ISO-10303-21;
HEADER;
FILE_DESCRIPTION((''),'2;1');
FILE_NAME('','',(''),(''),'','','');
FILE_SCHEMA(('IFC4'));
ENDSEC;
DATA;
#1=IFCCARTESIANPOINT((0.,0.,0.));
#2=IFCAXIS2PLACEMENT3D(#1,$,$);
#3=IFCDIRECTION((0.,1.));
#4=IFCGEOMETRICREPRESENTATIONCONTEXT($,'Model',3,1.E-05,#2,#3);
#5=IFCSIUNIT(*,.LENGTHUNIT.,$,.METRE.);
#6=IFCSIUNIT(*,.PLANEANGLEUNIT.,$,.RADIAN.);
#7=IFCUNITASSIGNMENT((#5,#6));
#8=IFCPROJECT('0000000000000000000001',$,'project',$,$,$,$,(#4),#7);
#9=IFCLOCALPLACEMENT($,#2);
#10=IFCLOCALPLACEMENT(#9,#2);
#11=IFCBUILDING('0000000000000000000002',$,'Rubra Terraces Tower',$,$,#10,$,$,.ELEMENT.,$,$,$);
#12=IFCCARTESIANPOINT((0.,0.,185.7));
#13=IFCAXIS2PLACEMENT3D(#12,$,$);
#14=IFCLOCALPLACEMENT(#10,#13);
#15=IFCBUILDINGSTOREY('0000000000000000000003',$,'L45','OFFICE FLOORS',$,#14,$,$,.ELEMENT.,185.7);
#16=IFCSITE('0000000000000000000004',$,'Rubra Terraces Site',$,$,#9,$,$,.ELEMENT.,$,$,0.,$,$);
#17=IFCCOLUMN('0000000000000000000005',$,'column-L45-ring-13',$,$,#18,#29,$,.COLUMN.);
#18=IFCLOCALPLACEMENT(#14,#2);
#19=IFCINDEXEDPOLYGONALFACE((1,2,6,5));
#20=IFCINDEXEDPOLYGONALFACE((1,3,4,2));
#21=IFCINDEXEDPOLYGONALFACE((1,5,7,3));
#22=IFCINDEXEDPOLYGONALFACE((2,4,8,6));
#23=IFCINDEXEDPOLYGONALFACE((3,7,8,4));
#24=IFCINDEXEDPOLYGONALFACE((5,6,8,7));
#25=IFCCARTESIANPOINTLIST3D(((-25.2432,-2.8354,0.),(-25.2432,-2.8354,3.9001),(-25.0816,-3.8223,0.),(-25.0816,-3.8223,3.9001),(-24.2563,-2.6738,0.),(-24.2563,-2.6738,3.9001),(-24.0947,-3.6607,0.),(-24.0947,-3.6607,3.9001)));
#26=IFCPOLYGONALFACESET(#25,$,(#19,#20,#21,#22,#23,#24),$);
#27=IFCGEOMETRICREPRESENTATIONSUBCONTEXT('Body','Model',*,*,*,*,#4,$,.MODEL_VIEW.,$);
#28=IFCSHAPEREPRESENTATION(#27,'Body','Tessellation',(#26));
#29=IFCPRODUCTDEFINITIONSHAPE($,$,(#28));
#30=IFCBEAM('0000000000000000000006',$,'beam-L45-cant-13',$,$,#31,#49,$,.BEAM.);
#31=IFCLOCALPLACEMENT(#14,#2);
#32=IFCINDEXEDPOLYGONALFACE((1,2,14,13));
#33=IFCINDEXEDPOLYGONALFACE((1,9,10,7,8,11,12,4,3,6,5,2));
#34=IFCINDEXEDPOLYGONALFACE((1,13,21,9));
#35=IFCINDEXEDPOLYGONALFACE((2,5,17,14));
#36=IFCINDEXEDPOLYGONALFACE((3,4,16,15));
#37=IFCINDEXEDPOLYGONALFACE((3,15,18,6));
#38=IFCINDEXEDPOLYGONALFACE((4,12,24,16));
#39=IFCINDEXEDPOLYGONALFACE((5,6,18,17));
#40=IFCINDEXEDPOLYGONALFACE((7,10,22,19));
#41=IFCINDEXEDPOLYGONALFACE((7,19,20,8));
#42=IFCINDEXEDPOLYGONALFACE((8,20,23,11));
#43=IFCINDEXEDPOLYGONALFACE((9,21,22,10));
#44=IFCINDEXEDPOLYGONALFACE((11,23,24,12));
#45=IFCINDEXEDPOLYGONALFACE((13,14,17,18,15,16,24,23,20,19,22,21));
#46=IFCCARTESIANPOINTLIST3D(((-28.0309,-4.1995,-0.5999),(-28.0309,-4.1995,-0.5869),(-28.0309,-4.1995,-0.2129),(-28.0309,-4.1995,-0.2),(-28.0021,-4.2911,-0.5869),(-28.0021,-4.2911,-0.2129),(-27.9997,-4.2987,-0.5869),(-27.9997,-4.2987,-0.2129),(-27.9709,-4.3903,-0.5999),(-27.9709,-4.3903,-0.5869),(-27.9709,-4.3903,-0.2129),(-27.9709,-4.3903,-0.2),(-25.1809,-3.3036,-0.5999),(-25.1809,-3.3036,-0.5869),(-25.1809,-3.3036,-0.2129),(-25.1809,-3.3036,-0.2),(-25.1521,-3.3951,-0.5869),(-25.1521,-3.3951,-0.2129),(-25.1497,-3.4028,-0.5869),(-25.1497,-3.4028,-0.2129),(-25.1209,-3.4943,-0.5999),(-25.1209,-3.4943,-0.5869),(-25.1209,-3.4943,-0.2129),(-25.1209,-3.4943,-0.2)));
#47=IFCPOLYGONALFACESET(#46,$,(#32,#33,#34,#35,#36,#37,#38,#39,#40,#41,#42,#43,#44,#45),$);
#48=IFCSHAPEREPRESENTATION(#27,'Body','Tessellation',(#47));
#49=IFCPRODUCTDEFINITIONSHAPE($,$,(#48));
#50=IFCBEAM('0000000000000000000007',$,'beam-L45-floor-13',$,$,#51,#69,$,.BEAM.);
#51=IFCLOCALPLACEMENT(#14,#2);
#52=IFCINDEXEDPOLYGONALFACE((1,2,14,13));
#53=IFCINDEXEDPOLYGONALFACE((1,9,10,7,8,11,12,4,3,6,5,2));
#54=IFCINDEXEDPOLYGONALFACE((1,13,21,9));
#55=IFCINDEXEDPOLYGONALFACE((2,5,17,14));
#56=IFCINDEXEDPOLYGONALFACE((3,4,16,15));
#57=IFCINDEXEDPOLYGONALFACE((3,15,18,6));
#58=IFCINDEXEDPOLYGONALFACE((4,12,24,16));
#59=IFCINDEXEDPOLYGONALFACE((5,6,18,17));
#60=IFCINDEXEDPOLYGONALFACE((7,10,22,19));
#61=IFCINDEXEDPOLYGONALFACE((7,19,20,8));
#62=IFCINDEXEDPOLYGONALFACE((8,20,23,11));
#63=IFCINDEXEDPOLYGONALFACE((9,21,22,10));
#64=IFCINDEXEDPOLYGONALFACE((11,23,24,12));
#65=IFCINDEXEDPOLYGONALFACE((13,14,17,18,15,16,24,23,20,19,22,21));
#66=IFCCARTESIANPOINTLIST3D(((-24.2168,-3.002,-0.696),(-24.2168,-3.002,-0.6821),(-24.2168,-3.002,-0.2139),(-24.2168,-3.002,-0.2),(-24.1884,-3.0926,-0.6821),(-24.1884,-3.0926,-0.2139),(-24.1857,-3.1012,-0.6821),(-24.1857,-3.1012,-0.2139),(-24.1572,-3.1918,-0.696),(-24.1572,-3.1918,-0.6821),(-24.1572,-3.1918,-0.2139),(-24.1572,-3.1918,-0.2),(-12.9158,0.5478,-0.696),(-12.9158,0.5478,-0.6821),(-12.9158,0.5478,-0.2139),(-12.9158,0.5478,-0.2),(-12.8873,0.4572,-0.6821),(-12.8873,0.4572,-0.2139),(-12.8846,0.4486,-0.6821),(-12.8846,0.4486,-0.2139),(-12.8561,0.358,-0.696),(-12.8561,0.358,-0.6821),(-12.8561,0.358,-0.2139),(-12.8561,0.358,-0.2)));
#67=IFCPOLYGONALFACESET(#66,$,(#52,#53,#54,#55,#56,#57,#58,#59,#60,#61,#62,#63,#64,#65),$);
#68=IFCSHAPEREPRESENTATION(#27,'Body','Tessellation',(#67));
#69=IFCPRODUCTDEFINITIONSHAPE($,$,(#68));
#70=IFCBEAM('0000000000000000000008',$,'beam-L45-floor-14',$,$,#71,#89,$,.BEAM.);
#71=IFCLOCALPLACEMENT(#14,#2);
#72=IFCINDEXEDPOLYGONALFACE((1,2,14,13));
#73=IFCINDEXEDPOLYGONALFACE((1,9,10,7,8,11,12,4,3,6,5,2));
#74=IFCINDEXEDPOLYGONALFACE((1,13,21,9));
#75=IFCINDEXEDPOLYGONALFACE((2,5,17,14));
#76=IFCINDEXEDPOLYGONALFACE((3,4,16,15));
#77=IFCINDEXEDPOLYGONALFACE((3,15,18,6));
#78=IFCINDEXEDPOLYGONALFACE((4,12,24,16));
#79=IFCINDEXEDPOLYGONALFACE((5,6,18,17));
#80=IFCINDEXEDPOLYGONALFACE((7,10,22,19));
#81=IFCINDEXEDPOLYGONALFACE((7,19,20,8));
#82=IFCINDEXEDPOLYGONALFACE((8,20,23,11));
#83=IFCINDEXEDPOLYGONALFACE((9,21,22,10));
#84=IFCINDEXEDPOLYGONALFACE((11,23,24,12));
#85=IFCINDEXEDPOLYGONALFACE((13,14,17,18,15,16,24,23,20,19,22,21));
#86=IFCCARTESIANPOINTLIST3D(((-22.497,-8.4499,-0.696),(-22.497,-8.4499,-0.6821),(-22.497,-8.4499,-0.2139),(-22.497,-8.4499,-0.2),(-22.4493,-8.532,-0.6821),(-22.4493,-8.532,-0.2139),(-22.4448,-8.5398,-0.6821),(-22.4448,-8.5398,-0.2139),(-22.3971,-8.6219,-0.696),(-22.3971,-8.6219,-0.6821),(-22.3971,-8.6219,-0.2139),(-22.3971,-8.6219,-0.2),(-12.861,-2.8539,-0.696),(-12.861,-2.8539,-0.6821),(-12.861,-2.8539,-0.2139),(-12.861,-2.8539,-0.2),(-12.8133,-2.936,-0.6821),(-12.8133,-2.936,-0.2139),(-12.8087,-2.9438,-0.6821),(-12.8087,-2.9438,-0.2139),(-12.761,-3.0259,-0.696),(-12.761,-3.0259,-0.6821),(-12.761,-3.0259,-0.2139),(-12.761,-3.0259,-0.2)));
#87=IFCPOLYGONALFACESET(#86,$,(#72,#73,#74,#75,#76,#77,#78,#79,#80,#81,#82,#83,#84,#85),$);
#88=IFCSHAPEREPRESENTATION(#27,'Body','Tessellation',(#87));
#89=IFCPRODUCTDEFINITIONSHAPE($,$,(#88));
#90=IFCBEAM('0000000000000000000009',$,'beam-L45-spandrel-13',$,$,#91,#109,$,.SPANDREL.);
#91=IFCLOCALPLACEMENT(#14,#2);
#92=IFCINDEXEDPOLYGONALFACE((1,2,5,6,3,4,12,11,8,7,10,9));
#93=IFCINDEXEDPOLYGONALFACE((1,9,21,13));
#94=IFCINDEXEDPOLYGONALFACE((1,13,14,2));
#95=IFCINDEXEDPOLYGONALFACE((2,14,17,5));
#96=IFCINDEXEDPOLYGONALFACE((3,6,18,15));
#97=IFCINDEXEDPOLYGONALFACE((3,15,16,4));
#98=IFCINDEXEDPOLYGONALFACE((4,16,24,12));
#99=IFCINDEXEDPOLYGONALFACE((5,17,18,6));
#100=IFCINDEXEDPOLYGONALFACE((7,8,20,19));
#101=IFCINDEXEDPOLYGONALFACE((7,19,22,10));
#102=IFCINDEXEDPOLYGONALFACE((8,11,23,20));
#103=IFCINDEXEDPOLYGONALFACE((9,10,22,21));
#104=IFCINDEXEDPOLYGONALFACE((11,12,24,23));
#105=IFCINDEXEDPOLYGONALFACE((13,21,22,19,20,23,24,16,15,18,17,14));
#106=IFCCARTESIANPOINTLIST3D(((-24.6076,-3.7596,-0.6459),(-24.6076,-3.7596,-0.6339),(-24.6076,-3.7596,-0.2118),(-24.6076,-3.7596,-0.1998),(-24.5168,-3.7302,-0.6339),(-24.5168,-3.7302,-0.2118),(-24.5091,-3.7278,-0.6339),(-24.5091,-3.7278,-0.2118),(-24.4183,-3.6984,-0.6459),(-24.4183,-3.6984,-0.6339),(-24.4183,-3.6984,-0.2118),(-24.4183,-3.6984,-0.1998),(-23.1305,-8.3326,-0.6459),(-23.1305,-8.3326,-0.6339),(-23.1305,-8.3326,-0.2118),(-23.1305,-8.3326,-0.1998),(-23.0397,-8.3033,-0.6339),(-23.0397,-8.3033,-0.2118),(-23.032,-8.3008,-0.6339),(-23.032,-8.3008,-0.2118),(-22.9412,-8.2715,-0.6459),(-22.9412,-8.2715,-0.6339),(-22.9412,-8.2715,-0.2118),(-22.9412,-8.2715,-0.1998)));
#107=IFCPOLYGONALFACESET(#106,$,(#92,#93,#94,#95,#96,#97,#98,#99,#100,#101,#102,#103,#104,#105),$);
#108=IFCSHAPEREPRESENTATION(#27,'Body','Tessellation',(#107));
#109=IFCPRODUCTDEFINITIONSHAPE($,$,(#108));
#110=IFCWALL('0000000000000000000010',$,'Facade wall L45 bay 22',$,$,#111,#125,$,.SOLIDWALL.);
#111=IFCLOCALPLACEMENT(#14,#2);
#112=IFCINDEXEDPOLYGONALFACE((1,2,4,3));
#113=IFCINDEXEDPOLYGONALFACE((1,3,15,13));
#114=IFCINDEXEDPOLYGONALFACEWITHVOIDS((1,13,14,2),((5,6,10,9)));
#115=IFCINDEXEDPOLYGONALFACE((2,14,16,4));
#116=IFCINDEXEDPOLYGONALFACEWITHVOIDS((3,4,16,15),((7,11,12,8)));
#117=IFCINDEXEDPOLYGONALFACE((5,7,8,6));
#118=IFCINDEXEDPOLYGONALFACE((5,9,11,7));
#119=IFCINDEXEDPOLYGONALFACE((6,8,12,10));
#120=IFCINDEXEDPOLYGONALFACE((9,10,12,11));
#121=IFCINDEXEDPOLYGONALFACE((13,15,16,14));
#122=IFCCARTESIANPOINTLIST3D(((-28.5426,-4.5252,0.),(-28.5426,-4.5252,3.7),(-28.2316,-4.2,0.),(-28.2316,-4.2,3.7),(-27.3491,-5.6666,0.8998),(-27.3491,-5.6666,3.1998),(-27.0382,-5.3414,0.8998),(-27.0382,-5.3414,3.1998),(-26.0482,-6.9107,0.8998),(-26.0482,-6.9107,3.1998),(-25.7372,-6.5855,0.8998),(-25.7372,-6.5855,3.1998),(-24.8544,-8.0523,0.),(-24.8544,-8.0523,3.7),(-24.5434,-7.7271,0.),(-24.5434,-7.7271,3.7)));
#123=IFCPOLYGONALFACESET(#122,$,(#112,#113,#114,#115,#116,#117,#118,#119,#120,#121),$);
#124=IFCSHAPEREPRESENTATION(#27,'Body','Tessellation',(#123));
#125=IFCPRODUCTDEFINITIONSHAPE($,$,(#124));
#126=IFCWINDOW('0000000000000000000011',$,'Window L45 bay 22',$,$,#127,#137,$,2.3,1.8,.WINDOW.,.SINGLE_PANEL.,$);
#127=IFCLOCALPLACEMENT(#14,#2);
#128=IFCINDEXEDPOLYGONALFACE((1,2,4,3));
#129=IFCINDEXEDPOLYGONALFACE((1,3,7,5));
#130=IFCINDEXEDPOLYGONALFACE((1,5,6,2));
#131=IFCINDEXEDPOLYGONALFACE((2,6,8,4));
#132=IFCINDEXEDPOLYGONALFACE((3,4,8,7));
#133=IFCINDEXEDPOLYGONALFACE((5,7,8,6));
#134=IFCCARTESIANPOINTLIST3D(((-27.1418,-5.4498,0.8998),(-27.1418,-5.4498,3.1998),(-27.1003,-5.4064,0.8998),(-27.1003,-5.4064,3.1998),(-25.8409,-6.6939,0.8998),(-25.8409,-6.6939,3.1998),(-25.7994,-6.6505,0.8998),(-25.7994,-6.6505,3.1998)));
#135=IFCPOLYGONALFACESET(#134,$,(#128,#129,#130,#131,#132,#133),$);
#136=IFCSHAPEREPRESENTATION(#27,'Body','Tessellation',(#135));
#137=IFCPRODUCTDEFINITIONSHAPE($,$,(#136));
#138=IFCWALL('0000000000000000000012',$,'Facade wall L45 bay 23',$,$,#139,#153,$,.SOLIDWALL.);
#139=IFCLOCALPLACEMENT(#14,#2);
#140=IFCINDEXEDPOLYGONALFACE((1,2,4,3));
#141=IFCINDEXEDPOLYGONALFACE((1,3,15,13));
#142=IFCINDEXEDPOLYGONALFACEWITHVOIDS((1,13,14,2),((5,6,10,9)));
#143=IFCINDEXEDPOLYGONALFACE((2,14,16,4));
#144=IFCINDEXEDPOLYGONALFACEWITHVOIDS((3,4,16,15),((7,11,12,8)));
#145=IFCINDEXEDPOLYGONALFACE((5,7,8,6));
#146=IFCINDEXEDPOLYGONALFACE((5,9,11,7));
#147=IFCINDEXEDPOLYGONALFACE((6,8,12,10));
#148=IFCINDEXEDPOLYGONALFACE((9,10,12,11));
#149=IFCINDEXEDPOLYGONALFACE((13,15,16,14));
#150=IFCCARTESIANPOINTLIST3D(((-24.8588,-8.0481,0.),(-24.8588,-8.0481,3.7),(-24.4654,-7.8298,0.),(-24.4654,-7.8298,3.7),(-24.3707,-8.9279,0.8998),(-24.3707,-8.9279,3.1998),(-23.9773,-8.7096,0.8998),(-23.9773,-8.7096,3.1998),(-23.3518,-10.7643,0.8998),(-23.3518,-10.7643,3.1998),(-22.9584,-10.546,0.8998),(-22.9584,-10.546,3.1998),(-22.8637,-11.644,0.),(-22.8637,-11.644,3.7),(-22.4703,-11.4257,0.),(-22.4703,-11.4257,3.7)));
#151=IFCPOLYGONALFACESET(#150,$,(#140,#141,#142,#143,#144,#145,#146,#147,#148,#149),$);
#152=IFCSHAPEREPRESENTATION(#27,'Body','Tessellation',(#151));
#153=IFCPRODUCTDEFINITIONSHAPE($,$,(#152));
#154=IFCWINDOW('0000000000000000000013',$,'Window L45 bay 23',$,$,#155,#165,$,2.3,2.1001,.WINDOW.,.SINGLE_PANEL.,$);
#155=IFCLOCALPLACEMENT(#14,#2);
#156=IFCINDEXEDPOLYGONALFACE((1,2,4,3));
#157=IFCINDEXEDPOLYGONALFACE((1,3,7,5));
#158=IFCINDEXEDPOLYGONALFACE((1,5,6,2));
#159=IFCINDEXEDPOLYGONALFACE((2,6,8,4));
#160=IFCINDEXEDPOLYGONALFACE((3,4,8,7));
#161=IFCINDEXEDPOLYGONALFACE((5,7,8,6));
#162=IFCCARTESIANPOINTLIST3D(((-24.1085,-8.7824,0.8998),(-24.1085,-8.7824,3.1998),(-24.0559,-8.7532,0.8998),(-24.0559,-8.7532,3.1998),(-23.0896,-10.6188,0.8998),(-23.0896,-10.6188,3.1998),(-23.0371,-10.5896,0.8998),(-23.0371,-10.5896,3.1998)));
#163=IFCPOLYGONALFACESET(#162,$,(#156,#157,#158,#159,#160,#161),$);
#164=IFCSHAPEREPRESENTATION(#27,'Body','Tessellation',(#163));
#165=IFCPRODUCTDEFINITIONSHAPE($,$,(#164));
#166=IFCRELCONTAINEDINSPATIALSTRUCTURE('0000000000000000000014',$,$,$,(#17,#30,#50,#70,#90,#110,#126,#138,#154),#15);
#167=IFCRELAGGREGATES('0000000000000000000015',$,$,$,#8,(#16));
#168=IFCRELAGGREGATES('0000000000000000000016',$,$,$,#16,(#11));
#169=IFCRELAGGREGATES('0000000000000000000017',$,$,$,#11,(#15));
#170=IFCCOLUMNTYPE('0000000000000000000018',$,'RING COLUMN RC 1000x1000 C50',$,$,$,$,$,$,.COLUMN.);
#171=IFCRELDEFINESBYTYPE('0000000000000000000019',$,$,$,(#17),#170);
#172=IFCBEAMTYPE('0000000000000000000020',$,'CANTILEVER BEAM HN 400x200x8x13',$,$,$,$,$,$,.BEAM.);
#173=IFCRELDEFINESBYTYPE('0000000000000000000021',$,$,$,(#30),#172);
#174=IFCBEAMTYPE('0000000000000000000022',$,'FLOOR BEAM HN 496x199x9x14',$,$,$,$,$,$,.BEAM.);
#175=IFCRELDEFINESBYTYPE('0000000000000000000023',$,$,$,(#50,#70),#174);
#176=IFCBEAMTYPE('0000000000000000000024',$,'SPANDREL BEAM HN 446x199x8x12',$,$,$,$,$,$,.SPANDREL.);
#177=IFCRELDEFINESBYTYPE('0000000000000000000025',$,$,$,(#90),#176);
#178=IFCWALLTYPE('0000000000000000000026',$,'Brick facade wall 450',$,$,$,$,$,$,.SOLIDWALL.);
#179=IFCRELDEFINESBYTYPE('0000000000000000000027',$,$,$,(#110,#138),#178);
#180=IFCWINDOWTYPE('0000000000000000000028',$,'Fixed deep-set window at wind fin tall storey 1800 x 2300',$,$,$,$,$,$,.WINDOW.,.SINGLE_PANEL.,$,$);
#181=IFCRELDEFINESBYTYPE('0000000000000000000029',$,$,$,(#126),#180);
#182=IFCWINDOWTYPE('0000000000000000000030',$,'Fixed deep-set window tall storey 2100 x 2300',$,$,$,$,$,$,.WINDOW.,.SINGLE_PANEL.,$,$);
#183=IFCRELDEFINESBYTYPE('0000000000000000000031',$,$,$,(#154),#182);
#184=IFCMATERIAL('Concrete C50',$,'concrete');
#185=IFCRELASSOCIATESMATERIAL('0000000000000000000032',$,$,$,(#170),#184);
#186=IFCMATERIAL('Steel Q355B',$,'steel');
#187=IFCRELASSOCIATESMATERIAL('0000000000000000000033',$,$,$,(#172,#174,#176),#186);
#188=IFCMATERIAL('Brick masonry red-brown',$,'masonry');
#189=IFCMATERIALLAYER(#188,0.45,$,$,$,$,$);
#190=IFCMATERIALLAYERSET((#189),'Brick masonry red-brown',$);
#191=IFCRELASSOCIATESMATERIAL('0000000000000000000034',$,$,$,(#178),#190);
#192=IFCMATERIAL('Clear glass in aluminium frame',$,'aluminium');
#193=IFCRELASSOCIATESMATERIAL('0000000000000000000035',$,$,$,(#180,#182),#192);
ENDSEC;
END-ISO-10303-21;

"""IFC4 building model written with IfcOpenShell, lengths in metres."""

from ifc_helpers import new_model, si_unit, direction, frame, frame_2d, origin, origin_2d, place, context, subcontext, project, spatial, rectangle, i_section, extrude, material, layer, layer_set, material_profile, profile_set, type_object, element, fill, save


model = new_model("IFC4")

# Units and contexts
model_context = context("Model", 3, precision=1e-05, world=origin(), true_north=direction((0.0, 1.0)))
body_context = subcontext(model_context, "Body", "Model", "MODEL_VIEW")
ifc_project = project(units=[si_unit("LENGTHUNIT", "METRE"), si_unit("PLANEANGLEUNIT", "RADIAN")], contexts=[model_context])

# Site, building, storey
site_placement = place(None, origin())
site = spatial("IfcSite", under=ifc_project, at=site_placement, Name="Rubra Terraces Site", CompositionType="ELEMENT", RefElevation=0.0)
building_placement = place(site_placement, origin())
building = spatial("IfcBuilding", under=site, at=building_placement, Name="Rubra Terraces Tower", CompositionType="ELEMENT")
storey_placement = place(building_placement, frame((0.0, 0.0, 185.7)))
storey = spatial("IfcBuildingStorey", under=building, at=storey_placement, Name="L45", Description="OFFICE FLOORS", CompositionType="ELEMENT", Elevation=185.7)

# Column
ifc_material_1 = material(Name="Concrete C50", Category="concrete")
ifc_material_profile_1 = material_profile(ifc_material_1, rectangle(XDim=1.0, YDim=1.0, at=origin_2d()), Name="RC 1000x1000")
ifc_profile_set_1 = profile_set([ifc_material_profile_1], Name="Concrete C50")
column_type = type_object("IfcColumnType", Name="RING COLUMN RC 1000x1000 C50", PredefinedType="COLUMN", material=ifc_profile_set_1)
column_placement = place(storey_placement, frame((-24.6689, -3.248, 0.0), z_axis=(0.0, 0.0, 1.0), x_axis=(0.161559, -0.986863, 0.0)))
element("IfcColumn", 1, at=column_placement, inside=storey, type_object=column_type, Name="column-L45-ring-13", PredefinedType="COLUMN", context=body_context, shape_type="SweptSolid", body=[
    extrude(rectangle(XDim=1.0, YDim=1.0, at=origin_2d()), origin(), (0.0, 0.0, 1.0), 3.9001),
])

# Beams
ifc_material_2 = material(Name="Steel Q355B", Category="steel")
ifc_material_profile_2 = material_profile(ifc_material_2, i_section(OverallWidth=0.2, OverallDepth=0.3999, WebThickness=0.0081, FlangeThickness=0.0129, at=origin_2d()), Name="HN 400x200x8x13")
ifc_profile_set_2 = profile_set([ifc_material_profile_2], Name="Steel Q355B")
beam_type_1 = type_object("IfcBeamType", Name="CANTILEVER BEAM HN 400x200x8x13", PredefinedType="BEAM", material=ifc_profile_set_2)
beam_1_placement = place(storey_placement, frame((-25.1509, -3.3989, -0.3999), z_axis=(-0.95397, -0.299903, 0.0), x_axis=(0.299903, -0.95397, 0.0)))
element("IfcBeam", 2, at=beam_1_placement, inside=storey, type_object=beam_type_1, Name="beam-L45-cant-13", PredefinedType="BEAM", context=body_context, shape_type="SweptSolid", body=[
    extrude(i_section(OverallWidth=0.2, OverallDepth=0.3999, WebThickness=0.0081, FlangeThickness=0.0129, at=origin_2d()), origin(), (0.0, 0.0, 1.0), 2.9875),
])
ifc_material_profile_3 = material_profile(ifc_material_2, i_section(OverallWidth=0.199, OverallDepth=0.4961, WebThickness=0.009, FlangeThickness=0.0139, at=origin_2d()), Name="HN 496x199x9x14")
ifc_profile_set_3 = profile_set([ifc_material_profile_3], Name="Steel Q355B")
beam_type_2 = type_object("IfcBeamType", Name="FLOOR BEAM HN 496x199x9x14", PredefinedType="BEAM", material=ifc_profile_set_3)
beam_2_placement = place(storey_placement, frame((-24.187, -3.0969, -0.448), z_axis=(0.954041, 0.299677, 0.0), x_axis=(-0.299677, 0.954041, 0.0)))
element("IfcBeam", 3, at=beam_2_placement, inside=storey, type_object=beam_type_2, Name="beam-L45-floor-13", PredefinedType="BEAM", context=body_context, shape_type="SweptSolid", body=[
    extrude(i_section(OverallWidth=0.199, OverallDepth=0.4961, WebThickness=0.009, FlangeThickness=0.0139, at=origin_2d()), origin(), (0.0, 0.0, 1.0), 11.8455),
])
beam_3_placement = place(storey_placement, frame((-22.447, -8.5359, -0.448), z_axis=(0.864755, 0.502193, 0.0), x_axis=(-0.502193, 0.864755, 0.0)))
element("IfcBeam", 4, at=beam_3_placement, inside=storey, type_object=beam_type_2, Name="beam-L45-floor-14", PredefinedType="BEAM", context=body_context, shape_type="SweptSolid", body=[
    extrude(i_section(OverallWidth=0.199, OverallDepth=0.4961, WebThickness=0.009, FlangeThickness=0.0139, at=origin_2d()), origin(), (0.0, 0.0, 1.0), 11.1431),
])
ifc_material_profile_4 = material_profile(ifc_material_2, i_section(OverallWidth=0.199, OverallDepth=0.446, WebThickness=0.0081, FlangeThickness=0.012, at=origin_2d()), Name="HN 446x199x8x12")
ifc_profile_set_4 = profile_set([ifc_material_profile_4], Name="Steel Q355B")
beam_type_3 = type_object("IfcBeamType", Name="SPANDREL BEAM HN 446x199x8x12", PredefinedType="SPANDREL", material=ifc_profile_set_4)
beam_4_placement = place(storey_placement, frame((-24.5129, -3.729, -0.4229), z_axis=(0.307359, -0.951594, 0.0), x_axis=(0.951594, 0.307359, 0.0)))
element("IfcBeam", 5, at=beam_4_placement, inside=storey, type_object=beam_type_3, Name="beam-L45-spandrel-13", PredefinedType="SPANDREL", context=body_context, shape_type="SweptSolid", body=[
    extrude(i_section(OverallWidth=0.199, OverallDepth=0.446, WebThickness=0.0081, FlangeThickness=0.012, at=origin_2d()), origin(), (0.0, 0.0, 1.0), 4.8057),
])

# Walls, openings, windows
ifc_material_3 = material(Name="Brick masonry red-brown", Category="masonry")
ifc_layer_1 = layer(ifc_material_3, 0.45)
ifc_layer_set_1 = layer_set([ifc_layer_1], Name="Brick masonry red-brown")
wall_type_1 = type_object("IfcWallType", Name="Brick facade wall 450", PredefinedType="SOLIDWALL", material=ifc_layer_set_1)
wall_1_placement = place(storey_placement, frame((-28.3872, -4.3625, 0.0), z_axis=(0.0, 0.0, 1.0), x_axis=(0.722718, -0.691143, 0.0)))
wall_1 = element("IfcWall", 6, at=wall_1_placement, inside=storey, type_object=wall_type_1, Name="Facade wall L45 bay 22", PredefinedType="SOLIDWALL", context=body_context, shape_type="SweptSolid", body=[
    extrude(rectangle(XDim=5.1033, YDim=0.45, at=frame_2d((2.5518, 0.0))), origin(), (0.0, 0.0, 1.0), 3.7),
])
opening_1_placement = place(wall_1_placement, frame((1.6516, 0.0, 0.8999)))
opening_1 = element("IfcOpeningElement", 7, at=opening_1_placement, cuts=wall_1, PredefinedType="OPENING", context=body_context, shape_type="SweptSolid", body=[
    extrude(rectangle(XDim=1.8, YDim=2.3, at=frame_2d((0.8999, 1.1499))), frame((0.0, 0.2349, 0.0), z_axis=(0.0, -1.0, 0.0), x_axis=(1.0, 0.0, 0.0)), (0.0, 0.0, 1.0), 0.47),
])
ifc_material_4 = material(Name="Clear glass in aluminium frame", Category="aluminium")
window_type_1 = type_object("IfcWindowType", Name="Fixed deep-set window at wind fin tall storey 1800 x 2300", PartitioningType="SINGLE_PANEL", PredefinedType="WINDOW", material=ifc_material_4)
window_1_placement = place(opening_1_placement, origin())
window_1 = element("IfcWindow", 8, at=window_1_placement, inside=storey, type_object=window_type_1, Name="Window L45 bay 22", OverallHeight=2.3, OverallWidth=1.8, PartitioningType="SINGLE_PANEL", PredefinedType="WINDOW", context=body_context, shape_type="SweptSolid", body=[
    extrude(rectangle(XDim=1.8, YDim=2.3, at=frame_2d((0.8999, 1.1499))), frame((0.0, 0.135, 0.0), z_axis=(0.0, -1.0, 0.0), x_axis=(1.0, 0.0, 0.0)), (0.0, 0.0, 1.0), 0.0601),
])
fill(opening_1, window_1)
wall_2_placement = place(storey_placement, frame((-24.6621, -7.939, 0.0), z_axis=(0.0, 0.0, 1.0), x_axis=(0.485154, -0.874429, 0.0)))
wall_2 = element("IfcWall", 9, at=wall_2_placement, inside=storey, type_object=wall_type_1, Name="Facade wall L45 bay 23", PredefinedType="SOLIDWALL", context=body_context, shape_type="SweptSolid", body=[
    extrude(rectangle(XDim=4.1123, YDim=0.45, at=frame_2d((2.0562, 0.0))), origin(), (0.0, 0.0, 1.0), 3.7),
])
opening_2_placement = place(wall_2_placement, frame((1.0061, 0.0, 0.8999)))
opening_2 = element("IfcOpeningElement", 10, at=opening_2_placement, cuts=wall_2, PredefinedType="OPENING", context=body_context, shape_type="SweptSolid", body=[
    extrude(rectangle(XDim=2.1001, YDim=2.3, at=frame_2d((1.05, 1.1499))), frame((0.0, 0.2349, 0.0), z_axis=(0.0, -1.0, 0.0), x_axis=(1.0, 0.0, 0.0)), (0.0, 0.0, 1.0), 0.47),
])
window_type_2 = type_object("IfcWindowType", Name="Fixed deep-set window tall storey 2100 x 2300", PartitioningType="SINGLE_PANEL", PredefinedType="WINDOW", material=ifc_material_4)
window_2_placement = place(opening_2_placement, origin())
window_2 = element("IfcWindow", 11, at=window_2_placement, inside=storey, type_object=window_type_2, Name="Window L45 bay 23", OverallHeight=2.3, OverallWidth=2.1001, PartitioningType="SINGLE_PANEL", PredefinedType="WINDOW", context=body_context, shape_type="SweptSolid", body=[
    extrude(rectangle(XDim=2.1001, YDim=2.3, at=frame_2d((1.05, 1.1499))), frame((0.0, 0.135, 0.0), z_axis=(0.0, -1.0, 0.0), x_axis=(1.0, 0.0, 0.0)), (0.0, 0.0, 1.0), 0.0601),
])
fill(opening_2, window_2)

save(model, "model.ifc")
